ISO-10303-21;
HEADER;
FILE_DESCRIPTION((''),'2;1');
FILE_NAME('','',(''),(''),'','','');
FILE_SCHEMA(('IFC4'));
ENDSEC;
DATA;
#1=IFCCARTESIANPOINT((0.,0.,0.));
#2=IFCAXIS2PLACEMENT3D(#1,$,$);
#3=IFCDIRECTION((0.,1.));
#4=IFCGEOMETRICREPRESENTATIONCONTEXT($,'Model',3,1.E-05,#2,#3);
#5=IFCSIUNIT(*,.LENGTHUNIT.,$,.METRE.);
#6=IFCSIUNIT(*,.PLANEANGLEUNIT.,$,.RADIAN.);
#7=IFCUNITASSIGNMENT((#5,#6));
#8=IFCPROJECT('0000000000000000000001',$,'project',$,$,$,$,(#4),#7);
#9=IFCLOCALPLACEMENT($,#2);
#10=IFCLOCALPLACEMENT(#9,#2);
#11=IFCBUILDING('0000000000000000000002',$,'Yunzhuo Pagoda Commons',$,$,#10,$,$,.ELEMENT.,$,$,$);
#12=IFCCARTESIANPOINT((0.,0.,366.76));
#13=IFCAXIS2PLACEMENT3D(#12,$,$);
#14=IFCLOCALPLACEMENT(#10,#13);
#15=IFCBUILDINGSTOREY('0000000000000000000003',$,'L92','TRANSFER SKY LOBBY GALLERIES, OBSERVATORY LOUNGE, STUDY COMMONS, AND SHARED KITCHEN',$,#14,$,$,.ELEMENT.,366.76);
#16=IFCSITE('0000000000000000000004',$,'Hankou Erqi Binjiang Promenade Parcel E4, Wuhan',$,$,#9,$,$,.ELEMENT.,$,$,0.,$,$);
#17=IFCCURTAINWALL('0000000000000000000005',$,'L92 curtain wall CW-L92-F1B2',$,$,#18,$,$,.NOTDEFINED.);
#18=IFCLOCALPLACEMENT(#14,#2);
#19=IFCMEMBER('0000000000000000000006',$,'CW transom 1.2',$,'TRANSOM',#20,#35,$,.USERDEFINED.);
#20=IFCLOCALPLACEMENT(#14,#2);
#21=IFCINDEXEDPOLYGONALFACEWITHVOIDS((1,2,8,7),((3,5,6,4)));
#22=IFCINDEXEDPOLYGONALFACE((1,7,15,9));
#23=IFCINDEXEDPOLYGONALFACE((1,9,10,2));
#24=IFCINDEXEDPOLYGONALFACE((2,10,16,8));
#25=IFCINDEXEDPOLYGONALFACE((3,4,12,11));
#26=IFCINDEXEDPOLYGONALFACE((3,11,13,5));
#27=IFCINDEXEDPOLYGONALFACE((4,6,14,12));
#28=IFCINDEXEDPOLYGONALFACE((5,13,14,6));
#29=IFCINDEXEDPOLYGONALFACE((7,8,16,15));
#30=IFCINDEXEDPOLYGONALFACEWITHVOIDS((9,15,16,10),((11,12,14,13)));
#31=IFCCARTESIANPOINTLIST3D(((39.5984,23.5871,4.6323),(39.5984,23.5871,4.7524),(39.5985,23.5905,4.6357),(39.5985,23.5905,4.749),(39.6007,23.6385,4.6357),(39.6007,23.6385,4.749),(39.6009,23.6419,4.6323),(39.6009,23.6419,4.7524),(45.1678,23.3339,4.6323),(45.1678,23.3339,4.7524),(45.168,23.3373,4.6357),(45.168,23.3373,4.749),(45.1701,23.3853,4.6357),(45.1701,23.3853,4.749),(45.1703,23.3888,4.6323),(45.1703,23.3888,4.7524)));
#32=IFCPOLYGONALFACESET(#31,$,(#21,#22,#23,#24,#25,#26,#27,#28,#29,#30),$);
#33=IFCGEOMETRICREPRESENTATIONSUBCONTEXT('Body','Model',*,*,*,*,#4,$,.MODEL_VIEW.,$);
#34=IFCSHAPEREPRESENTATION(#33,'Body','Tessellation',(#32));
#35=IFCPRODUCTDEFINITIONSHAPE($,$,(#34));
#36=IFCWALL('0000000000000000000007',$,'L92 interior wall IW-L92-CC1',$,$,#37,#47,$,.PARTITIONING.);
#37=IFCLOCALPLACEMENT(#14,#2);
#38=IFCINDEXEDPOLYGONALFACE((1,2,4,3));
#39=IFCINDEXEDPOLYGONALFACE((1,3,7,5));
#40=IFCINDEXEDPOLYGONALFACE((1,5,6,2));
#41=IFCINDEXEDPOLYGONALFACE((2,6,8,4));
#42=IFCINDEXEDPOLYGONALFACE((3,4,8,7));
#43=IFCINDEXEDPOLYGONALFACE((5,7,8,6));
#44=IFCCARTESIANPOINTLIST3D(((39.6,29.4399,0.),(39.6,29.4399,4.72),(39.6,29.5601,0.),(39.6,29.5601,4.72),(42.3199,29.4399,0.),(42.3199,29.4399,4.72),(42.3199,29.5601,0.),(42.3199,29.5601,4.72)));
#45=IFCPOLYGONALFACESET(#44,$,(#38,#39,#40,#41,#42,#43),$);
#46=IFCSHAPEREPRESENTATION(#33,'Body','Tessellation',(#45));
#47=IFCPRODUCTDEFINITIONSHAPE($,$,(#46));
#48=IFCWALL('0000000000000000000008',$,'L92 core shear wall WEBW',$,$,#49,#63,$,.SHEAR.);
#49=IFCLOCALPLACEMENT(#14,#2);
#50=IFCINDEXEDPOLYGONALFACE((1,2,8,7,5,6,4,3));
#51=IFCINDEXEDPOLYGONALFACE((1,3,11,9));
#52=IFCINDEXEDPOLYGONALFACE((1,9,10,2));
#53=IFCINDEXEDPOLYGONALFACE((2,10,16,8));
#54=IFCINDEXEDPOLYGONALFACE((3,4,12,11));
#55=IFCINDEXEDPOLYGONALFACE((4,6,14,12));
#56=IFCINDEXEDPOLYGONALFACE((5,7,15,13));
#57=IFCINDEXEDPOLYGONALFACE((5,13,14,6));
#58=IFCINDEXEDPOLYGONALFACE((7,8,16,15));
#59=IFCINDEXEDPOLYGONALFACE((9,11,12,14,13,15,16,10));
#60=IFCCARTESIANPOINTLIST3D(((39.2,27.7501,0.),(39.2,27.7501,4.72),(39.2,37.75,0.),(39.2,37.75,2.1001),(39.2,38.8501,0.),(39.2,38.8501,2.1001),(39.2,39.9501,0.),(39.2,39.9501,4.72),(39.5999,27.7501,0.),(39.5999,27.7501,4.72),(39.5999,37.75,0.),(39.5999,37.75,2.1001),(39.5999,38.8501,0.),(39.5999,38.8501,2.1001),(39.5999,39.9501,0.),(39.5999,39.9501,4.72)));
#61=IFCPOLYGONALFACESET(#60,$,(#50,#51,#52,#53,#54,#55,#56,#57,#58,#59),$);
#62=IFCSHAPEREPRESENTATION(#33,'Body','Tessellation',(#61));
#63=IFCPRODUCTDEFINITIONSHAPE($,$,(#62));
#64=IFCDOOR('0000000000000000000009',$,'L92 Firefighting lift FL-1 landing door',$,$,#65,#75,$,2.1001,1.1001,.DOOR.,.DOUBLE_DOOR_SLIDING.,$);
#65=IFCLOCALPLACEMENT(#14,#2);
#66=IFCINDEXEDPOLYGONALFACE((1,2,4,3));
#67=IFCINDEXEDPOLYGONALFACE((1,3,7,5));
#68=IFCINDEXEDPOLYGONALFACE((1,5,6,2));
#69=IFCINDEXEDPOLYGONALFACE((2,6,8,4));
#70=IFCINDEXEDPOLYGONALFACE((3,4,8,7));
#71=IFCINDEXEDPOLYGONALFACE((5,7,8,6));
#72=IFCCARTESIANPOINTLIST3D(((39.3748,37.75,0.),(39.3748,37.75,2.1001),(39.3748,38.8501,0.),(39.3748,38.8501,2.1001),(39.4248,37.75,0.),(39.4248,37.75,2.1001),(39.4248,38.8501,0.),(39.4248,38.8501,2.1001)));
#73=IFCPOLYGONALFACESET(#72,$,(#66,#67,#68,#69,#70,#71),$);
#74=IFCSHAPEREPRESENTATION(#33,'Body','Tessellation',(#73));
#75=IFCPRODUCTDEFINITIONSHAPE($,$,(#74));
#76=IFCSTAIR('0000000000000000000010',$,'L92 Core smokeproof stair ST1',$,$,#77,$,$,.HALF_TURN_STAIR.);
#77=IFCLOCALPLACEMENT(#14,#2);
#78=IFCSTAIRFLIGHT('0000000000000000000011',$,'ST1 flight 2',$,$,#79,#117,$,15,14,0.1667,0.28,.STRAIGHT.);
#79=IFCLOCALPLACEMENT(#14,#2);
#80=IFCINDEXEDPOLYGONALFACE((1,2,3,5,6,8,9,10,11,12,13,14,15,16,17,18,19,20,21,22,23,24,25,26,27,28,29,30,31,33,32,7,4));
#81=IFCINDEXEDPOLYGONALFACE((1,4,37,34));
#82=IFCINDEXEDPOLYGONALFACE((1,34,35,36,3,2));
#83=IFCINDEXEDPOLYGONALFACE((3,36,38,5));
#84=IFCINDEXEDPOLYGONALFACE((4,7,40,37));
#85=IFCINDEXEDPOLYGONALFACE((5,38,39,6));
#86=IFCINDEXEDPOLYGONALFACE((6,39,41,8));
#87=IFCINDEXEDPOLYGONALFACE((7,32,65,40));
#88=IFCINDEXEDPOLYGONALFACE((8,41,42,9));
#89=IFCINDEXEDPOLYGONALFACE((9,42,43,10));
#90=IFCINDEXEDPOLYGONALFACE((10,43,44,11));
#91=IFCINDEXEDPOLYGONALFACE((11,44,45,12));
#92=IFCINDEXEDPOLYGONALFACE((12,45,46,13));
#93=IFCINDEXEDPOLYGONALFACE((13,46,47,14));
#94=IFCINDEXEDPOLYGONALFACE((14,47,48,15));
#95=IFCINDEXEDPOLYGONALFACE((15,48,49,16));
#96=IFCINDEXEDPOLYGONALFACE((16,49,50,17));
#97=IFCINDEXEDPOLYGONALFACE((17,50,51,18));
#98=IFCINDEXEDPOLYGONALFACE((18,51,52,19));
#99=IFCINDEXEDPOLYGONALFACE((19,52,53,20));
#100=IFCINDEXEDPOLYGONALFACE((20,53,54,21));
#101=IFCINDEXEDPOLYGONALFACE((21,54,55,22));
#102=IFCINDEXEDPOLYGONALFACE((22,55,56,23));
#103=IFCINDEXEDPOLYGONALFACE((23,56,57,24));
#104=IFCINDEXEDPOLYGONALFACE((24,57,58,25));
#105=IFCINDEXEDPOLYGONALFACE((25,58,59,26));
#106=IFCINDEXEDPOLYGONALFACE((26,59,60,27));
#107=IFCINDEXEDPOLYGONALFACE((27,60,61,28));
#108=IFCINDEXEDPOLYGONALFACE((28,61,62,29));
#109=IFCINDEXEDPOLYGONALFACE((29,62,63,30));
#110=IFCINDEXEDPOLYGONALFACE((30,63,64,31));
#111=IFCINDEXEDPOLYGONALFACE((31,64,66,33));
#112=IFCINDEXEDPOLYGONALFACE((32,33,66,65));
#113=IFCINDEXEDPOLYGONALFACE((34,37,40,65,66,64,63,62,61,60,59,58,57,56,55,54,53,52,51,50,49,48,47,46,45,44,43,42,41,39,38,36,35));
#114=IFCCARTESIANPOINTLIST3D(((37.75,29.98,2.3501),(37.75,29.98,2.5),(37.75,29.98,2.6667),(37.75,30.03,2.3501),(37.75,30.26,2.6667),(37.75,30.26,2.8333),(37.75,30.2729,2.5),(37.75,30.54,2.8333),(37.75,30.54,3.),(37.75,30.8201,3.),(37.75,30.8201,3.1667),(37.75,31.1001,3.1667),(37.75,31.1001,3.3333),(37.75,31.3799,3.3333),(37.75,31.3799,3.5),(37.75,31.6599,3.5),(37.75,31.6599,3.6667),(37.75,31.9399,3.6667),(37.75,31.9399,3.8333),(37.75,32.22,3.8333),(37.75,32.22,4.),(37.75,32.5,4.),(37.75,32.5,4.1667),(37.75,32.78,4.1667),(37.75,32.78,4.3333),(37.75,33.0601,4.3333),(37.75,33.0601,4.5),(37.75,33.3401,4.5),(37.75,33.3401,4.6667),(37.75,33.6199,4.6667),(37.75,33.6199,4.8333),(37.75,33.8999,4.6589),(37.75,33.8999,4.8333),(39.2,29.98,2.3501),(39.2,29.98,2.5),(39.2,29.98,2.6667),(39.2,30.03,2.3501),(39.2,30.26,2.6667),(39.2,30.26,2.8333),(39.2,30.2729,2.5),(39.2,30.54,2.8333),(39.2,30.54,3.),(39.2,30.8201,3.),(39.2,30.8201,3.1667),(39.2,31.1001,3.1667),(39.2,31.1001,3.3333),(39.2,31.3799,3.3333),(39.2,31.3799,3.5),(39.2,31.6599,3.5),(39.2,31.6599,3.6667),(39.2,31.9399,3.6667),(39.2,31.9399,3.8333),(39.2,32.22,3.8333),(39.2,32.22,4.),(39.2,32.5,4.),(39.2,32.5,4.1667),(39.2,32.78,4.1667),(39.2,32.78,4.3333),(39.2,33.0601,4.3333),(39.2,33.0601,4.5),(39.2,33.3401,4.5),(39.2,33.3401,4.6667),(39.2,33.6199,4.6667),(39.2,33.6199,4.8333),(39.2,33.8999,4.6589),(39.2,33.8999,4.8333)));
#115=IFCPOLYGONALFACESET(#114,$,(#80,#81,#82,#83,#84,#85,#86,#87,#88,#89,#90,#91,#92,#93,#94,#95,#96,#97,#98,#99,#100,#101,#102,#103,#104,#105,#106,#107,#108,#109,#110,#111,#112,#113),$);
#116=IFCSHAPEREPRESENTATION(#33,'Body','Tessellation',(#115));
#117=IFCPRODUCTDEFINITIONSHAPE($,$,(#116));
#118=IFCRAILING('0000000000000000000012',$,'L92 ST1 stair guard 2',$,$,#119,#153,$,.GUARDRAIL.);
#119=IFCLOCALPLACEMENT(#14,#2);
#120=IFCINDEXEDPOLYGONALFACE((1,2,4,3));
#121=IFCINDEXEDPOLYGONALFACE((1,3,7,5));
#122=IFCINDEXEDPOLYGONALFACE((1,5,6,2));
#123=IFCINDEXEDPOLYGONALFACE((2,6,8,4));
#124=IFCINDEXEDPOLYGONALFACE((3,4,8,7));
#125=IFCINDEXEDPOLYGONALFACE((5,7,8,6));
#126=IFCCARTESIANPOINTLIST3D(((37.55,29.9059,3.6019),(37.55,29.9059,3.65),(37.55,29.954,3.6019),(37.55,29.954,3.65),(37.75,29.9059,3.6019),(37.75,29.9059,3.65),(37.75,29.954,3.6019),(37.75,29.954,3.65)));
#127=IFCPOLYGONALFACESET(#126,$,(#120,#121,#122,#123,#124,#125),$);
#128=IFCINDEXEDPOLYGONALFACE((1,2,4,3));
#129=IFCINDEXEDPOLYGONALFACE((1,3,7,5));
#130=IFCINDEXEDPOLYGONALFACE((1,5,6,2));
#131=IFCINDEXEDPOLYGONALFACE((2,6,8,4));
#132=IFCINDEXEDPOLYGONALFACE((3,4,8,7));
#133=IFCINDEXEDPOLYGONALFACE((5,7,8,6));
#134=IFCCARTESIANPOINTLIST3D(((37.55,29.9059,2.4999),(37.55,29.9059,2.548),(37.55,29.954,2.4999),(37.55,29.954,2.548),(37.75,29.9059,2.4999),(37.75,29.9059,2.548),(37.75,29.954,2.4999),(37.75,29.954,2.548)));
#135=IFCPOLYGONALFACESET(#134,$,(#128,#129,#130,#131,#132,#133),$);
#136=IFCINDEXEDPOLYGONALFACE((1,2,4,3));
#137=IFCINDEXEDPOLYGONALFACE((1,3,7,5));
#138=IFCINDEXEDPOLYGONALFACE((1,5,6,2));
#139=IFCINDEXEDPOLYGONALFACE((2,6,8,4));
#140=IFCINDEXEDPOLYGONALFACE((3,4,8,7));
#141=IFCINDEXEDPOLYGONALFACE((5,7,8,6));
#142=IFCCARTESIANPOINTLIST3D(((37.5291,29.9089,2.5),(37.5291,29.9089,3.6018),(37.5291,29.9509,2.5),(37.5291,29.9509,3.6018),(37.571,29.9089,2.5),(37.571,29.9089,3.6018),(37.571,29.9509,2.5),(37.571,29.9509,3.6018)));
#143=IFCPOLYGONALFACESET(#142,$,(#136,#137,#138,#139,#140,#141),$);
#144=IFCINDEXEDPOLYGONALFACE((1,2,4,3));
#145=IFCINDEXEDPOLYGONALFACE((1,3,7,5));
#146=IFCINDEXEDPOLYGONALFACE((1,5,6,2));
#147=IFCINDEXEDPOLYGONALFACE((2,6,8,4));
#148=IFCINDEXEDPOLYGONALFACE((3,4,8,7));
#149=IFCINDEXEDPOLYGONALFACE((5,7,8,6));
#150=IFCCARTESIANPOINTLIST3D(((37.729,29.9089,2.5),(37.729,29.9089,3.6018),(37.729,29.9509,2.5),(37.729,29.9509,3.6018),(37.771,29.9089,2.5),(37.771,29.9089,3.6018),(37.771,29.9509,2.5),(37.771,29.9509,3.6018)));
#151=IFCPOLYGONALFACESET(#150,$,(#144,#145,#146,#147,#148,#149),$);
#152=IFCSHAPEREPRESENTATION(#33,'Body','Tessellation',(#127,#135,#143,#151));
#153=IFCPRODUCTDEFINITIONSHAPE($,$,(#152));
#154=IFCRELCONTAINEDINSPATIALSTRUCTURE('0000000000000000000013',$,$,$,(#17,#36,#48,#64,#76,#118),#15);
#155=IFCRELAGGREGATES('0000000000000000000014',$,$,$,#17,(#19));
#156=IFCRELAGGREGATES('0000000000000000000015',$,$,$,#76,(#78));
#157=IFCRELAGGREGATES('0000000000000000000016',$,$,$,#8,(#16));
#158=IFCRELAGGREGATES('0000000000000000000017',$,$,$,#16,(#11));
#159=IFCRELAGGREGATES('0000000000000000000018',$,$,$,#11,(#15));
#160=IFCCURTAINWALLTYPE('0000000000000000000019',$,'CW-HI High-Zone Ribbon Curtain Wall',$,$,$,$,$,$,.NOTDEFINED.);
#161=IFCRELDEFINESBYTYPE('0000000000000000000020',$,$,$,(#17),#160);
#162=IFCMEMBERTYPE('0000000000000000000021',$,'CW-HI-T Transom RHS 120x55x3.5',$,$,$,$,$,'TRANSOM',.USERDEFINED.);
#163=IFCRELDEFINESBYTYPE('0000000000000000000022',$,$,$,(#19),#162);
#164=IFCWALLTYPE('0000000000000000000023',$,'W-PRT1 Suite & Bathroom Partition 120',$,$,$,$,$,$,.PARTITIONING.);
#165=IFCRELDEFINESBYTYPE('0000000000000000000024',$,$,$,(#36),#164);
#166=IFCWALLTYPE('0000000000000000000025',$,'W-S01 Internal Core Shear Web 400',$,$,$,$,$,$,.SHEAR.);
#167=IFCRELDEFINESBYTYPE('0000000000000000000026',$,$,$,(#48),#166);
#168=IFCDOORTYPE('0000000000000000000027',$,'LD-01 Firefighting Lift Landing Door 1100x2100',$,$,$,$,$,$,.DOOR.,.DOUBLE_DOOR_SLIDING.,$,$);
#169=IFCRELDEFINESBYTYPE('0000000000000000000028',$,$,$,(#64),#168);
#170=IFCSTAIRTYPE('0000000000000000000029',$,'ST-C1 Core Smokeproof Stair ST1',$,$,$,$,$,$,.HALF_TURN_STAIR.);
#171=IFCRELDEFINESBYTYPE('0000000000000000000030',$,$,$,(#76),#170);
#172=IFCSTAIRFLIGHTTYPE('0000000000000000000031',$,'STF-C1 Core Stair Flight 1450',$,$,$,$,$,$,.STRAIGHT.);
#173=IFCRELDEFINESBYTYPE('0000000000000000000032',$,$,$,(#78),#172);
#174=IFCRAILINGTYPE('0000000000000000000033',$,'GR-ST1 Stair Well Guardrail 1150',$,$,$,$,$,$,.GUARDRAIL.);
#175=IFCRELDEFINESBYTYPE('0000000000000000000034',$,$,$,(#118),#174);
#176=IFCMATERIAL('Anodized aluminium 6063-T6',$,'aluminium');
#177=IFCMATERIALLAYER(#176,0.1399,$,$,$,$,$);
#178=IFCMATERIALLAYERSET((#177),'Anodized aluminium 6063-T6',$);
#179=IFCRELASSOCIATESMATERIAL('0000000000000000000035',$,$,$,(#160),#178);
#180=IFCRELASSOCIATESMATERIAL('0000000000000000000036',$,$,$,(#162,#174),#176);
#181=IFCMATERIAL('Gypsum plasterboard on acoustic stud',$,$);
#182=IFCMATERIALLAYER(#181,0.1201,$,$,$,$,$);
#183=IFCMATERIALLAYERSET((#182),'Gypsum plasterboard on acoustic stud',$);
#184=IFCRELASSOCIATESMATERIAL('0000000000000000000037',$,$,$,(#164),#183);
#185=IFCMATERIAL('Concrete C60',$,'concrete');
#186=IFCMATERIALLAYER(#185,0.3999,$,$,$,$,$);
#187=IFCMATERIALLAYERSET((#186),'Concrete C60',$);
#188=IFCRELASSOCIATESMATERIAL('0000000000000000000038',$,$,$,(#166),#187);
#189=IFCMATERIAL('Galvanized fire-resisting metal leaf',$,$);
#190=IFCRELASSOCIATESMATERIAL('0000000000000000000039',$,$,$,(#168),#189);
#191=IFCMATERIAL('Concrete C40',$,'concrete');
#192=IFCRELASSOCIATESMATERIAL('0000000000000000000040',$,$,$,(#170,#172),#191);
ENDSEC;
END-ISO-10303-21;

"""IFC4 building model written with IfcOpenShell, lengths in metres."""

from ifc_helpers import new_model, si_unit, direction, frame, frame_2d, origin, origin_2d, place, context, subcontext, project, spatial, polyline, rectangle, hollow_rectangle, outline, extrude, source, transform, mapped, material, layer, layer_set, material_profile, profile_set, type_object, element, fill, aggregate, save


model = new_model("IFC4")

# Units and contexts
model_context = context("Model", 3, precision=1e-05, world=origin(), true_north=direction((0.0, 1.0)))
body_context = subcontext(model_context, "Body", "Model", "MODEL_VIEW")
ifc_project = project(units=[si_unit("LENGTHUNIT", "METRE"), si_unit("PLANEANGLEUNIT", "RADIAN")], contexts=[model_context])

# Site, building, storey
site_placement = place(None, origin())
site = spatial("IfcSite", under=ifc_project, at=site_placement, Name="Hankou Erqi Binjiang Promenade Parcel E4, Wuhan", CompositionType="ELEMENT", RefElevation=0.0)
building_placement = place(site_placement, origin())
building = spatial("IfcBuilding", under=site, at=building_placement, Name="Yunzhuo Pagoda Commons", CompositionType="ELEMENT")
storey_placement = place(building_placement, frame((0.0, 0.0, 366.76)))
storey = spatial("IfcBuildingStorey", under=building, at=storey_placement, Name="L92", Description="TRANSFER SKY LOBBY GALLERIES, OBSERVATORY LOUNGE, STUDY COMMONS, AND SHARED KITCHEN", CompositionType="ELEMENT", Elevation=366.76)

# Curtain wall
ifc_material_1 = material(Name="Anodized aluminium 6063-T6", Category="aluminium")
ifc_layer_1 = layer(ifc_material_1, 0.1399)
ifc_layer_set_1 = layer_set([ifc_layer_1], Name="Anodized aluminium 6063-T6")
curtain_wall_type = type_object("IfcCurtainWallType", Name="CW-HI High-Zone Ribbon Curtain Wall", PredefinedType="NOTDEFINED", material=ifc_layer_set_1)
curtain_wall_1_placement = place(storey_placement, origin())
curtain_wall_1 = element("IfcCurtainWall", 1, at=curtain_wall_1_placement, inside=storey, type_object=curtain_wall_type, Name="L92 curtain wall CW-L92-F1B2", PredefinedType="NOTDEFINED")

# Member
ifc_material_profile_1 = material_profile(ifc_material_1, hollow_rectangle(XDim=0.0549, YDim=0.1201, WallThickness=0.0034, at=origin_2d()), Name="Anodized aluminium 6063-T6")
ifc_profile_set_1 = profile_set([ifc_material_profile_1], Name="Anodized aluminium 6063-T6")
member_type_1 = type_object("IfcMemberType", Name="CW-HI-T Transom RHS 120x55x3.5", ElementType="TRANSOM", PredefinedType="USERDEFINED", material=ifc_profile_set_1)
shared_shape_1 = source(origin(), body_context, "Body", "SweptSolid", [
    extrude(hollow_rectangle(XDim=0.0549, YDim=0.1201, WallThickness=0.0034, at=origin_2d()), origin(), (0.0, 0.0, 1.0), 5.5752),
])
member_1_placement = place(storey_placement, frame((39.5996, 23.6145, 4.6924), z_axis=(0.998968, -0.045412, 0.0), x_axis=(0.045412, 0.998968, 0.0)))
member_1 = element("IfcMember", 2, at=member_1_placement, type_object=member_type_1, Name="CW transom 1.2", ObjectType="TRANSOM", PredefinedType="USERDEFINED", context=body_context, shape_type="MappedRepresentation", body=[
    mapped(shared_shape_1, transform((0.0, 0.0, 0.0), scale=1.0)),
])
aggregate(curtain_wall_1, [member_1])

# Wall
ifc_material_2 = material(Name="Gypsum plasterboard on acoustic stud")
ifc_layer_2 = layer(ifc_material_2, 0.1201)
ifc_layer_set_2 = layer_set([ifc_layer_2], Name="Gypsum plasterboard on acoustic stud")
wall_type_1 = type_object("IfcWallType", Name="W-PRT1 Suite & Bathroom Partition 120", PredefinedType="PARTITIONING", material=ifc_layer_set_2)
wall_1_placement = place(storey_placement, frame((39.6001, 29.5, 0.0), z_axis=(0.0, 0.0, 1.0), x_axis=(1.0, 0.0, 0.0)))
element("IfcWall", 3, at=wall_1_placement, inside=storey, type_object=wall_type_1, Name="L92 interior wall IW-L92-CC1", PredefinedType="PARTITIONING", context=body_context, shape_type="SweptSolid", body=[
    extrude(rectangle(XDim=2.72, YDim=0.1201, at=frame_2d((1.3599, 0.0))), origin(), (0.0, 0.0, 1.0), 4.72),
])

# Wall, opening, door
ifc_material_3 = material(Name="Concrete C60", Category="concrete")
ifc_layer_3 = layer(ifc_material_3, 0.3999)
ifc_layer_set_3 = layer_set([ifc_layer_3], Name="Concrete C60")
wall_type_2 = type_object("IfcWallType", Name="W-S01 Internal Core Shear Web 400", PredefinedType="SHEAR", material=ifc_layer_set_3)
wall_2_placement = place(storey_placement, frame((39.3999, 27.75, 0.0), z_axis=(0.0, 0.0, 1.0), x_axis=(0.0, 1.0, 0.0)))
wall_2 = element("IfcWall", 4, at=wall_2_placement, inside=storey, type_object=wall_type_2, Name="L92 core shear wall WEBW", PredefinedType="SHEAR", context=body_context, shape_type="SweptSolid", body=[
    extrude(rectangle(XDim=12.2, YDim=0.3999, at=frame_2d((6.1001, 0.0))), origin(), (0.0, 0.0, 1.0), 4.72),
])
opening_placement = place(wall_2_placement, frame((10.0, 0.0, 0.0)))
opening = element("IfcOpeningElement", 5, at=opening_placement, cuts=wall_2, PredefinedType="OPENING", context=body_context, shape_type="SweptSolid", body=[
    extrude(rectangle(XDim=1.1001, YDim=2.1001, at=frame_2d((0.55, 1.05))), frame((0.0, 0.21, 0.0), z_axis=(0.0, -1.0, 0.0), x_axis=(1.0, 0.0, 0.0)), (0.0, 0.0, 1.0), 0.4199),
])
ifc_material_4 = material(Name="Galvanized fire-resisting metal leaf")
door_type = type_object("IfcDoorType", Name="LD-01 Firefighting Lift Landing Door 1100x2100", OperationType="DOUBLE_DOOR_SLIDING", PredefinedType="DOOR", material=ifc_material_4)
shared_shape_2 = source(origin(), body_context, "Body", "SweptSolid", [
    extrude(rectangle(XDim=1.1001, YDim=2.1001, at=frame_2d((0.55, 1.05))), frame((0.0, 0.0249, 0.0), z_axis=(0.0, -1.0, 0.0), x_axis=(1.0, 0.0, 0.0)), (0.0, 0.0, 1.0), 0.05),
])
door_placement = place(opening_placement, frame((1.1001, 0.0, 0.0), z_axis=(0.0, 0.0, 1.0), x_axis=(-1.0, 0.0, 0.0)))
door = element("IfcDoor", 6, at=door_placement, inside=storey, type_object=door_type, Name="L92 Firefighting lift FL-1 landing door", OperationType="DOUBLE_DOOR_SLIDING", OverallHeight=2.1001, OverallWidth=1.1001, PredefinedType="DOOR", context=body_context, shape_type="MappedRepresentation", body=[
    mapped(shared_shape_2, transform((0.0, 0.0, 0.0), scale=1.0)),
])
fill(opening, door)

# Stair, stair flight
ifc_material_5 = material(Name="Concrete C40", Category="concrete")
stair_type = type_object("IfcStairType", Name="ST-C1 Core Smokeproof Stair ST1", PredefinedType="HALF_TURN_STAIR", material=ifc_material_5)
stair_placement = place(storey_placement, origin())
stair = element("IfcStair", 7, at=stair_placement, inside=storey, type_object=stair_type, Name="L92 Core smokeproof stair ST1", PredefinedType="HALF_TURN_STAIR")
stair_flight_type = type_object("IfcStairFlightType", Name="STF-C1 Core Stair Flight 1450", PredefinedType="STRAIGHT", material=ifc_material_5)
shared_shape_3 = source(origin(), body_context, "Body", "SweptSolid", [
    extrude(outline(polyline([(0.0, -0.1499), (0.0, 0.0), (0.0, 0.1667), (0.28, 0.1667), (0.28, 0.3333), (0.5601, 0.3333), (0.5601, 0.5), (0.8401, 0.5), (0.8401, 0.6667), (1.1201, 0.6667), (1.1201, 0.8333), (1.3999, 0.8333), (1.3999, 1.0), (1.6799, 1.0), (1.6799, 1.1667), (1.96, 1.1667), (1.96, 1.3333), (2.24, 1.3333), (2.24, 1.5), (2.52, 1.5), (2.52, 1.6667), (2.8, 1.6667), (2.8, 1.8333), (3.0801, 1.8333), (3.0801, 2.0), (3.3601, 2.0), (3.3601, 2.1667), (3.6399, 2.1667), (3.6399, 2.3333), (3.9199, 2.3333), (3.9199, 2.5), (3.9199, 2.1589), (0.293, 0.0), (0.05, -0.1499), (0.0, -0.1499)])), frame((0.0, 0.7251, 0.0), z_axis=(0.0, -1.0, 0.0), x_axis=(1.0, 0.0, 0.0)), (0.0, 0.0, 1.0), 1.45),
])
stair_flight_placement = place(storey_placement, frame((38.4751, 29.98, 2.5), z_axis=(0.0, 0.0, 1.0), x_axis=(0.0, 1.0, 0.0)))
stair_flight = element("IfcStairFlight", 8, at=stair_flight_placement, type_object=stair_flight_type, Name="ST1 flight 2", NumberOfRisers=15, NumberOfTreads=14, PredefinedType="STRAIGHT", RiserHeight=0.1667, TreadLength=0.28, context=body_context, shape_type="MappedRepresentation", body=[
    mapped(shared_shape_3, transform((0.0, 0.0, 0.0), scale=1.0)),
])
aggregate(stair, [stair_flight])

# Railing
railing_type_1 = type_object("IfcRailingType", Name="GR-ST1 Stair Well Guardrail 1150", PredefinedType="GUARDRAIL", material=ifc_material_1)
railing_1_placement = place(storey_placement, frame((37.55, 29.9299, 2.5)))
element("IfcRailing", 9, at=railing_1_placement, inside=storey, type_object=railing_type_1, Name="L92 ST1 stair guard 2", PredefinedType="GUARDRAIL", context=body_context, shape_type="SweptSolid", body=[
    extrude(rectangle(XDim=0.0481, YDim=0.0481, at=origin_2d()), frame((0.0, 0.0, 1.126), z_axis=(1.0, 0.0, 0.0), x_axis=(0.0, 1.0, 0.0)), (0.0, 0.0, 1.0), 0.2),
    extrude(rectangle(XDim=0.0481, YDim=0.0481, at=origin_2d()), frame((0.0, 0.0, 0.0239), z_axis=(1.0, 0.0, 0.0), x_axis=(0.0, 1.0, 0.0)), (0.0, 0.0, 1.0), 0.2),
    extrude(rectangle(XDim=0.042, YDim=0.042, at=origin_2d()), origin(), (0.0, 0.0, 1.0), 1.1018),
    extrude(rectangle(XDim=0.042, YDim=0.042, at=origin_2d()), frame((0.2, 0.0, 0.0)), (0.0, 0.0, 1.0), 1.1018),
])

save(model, "model.ifc")
